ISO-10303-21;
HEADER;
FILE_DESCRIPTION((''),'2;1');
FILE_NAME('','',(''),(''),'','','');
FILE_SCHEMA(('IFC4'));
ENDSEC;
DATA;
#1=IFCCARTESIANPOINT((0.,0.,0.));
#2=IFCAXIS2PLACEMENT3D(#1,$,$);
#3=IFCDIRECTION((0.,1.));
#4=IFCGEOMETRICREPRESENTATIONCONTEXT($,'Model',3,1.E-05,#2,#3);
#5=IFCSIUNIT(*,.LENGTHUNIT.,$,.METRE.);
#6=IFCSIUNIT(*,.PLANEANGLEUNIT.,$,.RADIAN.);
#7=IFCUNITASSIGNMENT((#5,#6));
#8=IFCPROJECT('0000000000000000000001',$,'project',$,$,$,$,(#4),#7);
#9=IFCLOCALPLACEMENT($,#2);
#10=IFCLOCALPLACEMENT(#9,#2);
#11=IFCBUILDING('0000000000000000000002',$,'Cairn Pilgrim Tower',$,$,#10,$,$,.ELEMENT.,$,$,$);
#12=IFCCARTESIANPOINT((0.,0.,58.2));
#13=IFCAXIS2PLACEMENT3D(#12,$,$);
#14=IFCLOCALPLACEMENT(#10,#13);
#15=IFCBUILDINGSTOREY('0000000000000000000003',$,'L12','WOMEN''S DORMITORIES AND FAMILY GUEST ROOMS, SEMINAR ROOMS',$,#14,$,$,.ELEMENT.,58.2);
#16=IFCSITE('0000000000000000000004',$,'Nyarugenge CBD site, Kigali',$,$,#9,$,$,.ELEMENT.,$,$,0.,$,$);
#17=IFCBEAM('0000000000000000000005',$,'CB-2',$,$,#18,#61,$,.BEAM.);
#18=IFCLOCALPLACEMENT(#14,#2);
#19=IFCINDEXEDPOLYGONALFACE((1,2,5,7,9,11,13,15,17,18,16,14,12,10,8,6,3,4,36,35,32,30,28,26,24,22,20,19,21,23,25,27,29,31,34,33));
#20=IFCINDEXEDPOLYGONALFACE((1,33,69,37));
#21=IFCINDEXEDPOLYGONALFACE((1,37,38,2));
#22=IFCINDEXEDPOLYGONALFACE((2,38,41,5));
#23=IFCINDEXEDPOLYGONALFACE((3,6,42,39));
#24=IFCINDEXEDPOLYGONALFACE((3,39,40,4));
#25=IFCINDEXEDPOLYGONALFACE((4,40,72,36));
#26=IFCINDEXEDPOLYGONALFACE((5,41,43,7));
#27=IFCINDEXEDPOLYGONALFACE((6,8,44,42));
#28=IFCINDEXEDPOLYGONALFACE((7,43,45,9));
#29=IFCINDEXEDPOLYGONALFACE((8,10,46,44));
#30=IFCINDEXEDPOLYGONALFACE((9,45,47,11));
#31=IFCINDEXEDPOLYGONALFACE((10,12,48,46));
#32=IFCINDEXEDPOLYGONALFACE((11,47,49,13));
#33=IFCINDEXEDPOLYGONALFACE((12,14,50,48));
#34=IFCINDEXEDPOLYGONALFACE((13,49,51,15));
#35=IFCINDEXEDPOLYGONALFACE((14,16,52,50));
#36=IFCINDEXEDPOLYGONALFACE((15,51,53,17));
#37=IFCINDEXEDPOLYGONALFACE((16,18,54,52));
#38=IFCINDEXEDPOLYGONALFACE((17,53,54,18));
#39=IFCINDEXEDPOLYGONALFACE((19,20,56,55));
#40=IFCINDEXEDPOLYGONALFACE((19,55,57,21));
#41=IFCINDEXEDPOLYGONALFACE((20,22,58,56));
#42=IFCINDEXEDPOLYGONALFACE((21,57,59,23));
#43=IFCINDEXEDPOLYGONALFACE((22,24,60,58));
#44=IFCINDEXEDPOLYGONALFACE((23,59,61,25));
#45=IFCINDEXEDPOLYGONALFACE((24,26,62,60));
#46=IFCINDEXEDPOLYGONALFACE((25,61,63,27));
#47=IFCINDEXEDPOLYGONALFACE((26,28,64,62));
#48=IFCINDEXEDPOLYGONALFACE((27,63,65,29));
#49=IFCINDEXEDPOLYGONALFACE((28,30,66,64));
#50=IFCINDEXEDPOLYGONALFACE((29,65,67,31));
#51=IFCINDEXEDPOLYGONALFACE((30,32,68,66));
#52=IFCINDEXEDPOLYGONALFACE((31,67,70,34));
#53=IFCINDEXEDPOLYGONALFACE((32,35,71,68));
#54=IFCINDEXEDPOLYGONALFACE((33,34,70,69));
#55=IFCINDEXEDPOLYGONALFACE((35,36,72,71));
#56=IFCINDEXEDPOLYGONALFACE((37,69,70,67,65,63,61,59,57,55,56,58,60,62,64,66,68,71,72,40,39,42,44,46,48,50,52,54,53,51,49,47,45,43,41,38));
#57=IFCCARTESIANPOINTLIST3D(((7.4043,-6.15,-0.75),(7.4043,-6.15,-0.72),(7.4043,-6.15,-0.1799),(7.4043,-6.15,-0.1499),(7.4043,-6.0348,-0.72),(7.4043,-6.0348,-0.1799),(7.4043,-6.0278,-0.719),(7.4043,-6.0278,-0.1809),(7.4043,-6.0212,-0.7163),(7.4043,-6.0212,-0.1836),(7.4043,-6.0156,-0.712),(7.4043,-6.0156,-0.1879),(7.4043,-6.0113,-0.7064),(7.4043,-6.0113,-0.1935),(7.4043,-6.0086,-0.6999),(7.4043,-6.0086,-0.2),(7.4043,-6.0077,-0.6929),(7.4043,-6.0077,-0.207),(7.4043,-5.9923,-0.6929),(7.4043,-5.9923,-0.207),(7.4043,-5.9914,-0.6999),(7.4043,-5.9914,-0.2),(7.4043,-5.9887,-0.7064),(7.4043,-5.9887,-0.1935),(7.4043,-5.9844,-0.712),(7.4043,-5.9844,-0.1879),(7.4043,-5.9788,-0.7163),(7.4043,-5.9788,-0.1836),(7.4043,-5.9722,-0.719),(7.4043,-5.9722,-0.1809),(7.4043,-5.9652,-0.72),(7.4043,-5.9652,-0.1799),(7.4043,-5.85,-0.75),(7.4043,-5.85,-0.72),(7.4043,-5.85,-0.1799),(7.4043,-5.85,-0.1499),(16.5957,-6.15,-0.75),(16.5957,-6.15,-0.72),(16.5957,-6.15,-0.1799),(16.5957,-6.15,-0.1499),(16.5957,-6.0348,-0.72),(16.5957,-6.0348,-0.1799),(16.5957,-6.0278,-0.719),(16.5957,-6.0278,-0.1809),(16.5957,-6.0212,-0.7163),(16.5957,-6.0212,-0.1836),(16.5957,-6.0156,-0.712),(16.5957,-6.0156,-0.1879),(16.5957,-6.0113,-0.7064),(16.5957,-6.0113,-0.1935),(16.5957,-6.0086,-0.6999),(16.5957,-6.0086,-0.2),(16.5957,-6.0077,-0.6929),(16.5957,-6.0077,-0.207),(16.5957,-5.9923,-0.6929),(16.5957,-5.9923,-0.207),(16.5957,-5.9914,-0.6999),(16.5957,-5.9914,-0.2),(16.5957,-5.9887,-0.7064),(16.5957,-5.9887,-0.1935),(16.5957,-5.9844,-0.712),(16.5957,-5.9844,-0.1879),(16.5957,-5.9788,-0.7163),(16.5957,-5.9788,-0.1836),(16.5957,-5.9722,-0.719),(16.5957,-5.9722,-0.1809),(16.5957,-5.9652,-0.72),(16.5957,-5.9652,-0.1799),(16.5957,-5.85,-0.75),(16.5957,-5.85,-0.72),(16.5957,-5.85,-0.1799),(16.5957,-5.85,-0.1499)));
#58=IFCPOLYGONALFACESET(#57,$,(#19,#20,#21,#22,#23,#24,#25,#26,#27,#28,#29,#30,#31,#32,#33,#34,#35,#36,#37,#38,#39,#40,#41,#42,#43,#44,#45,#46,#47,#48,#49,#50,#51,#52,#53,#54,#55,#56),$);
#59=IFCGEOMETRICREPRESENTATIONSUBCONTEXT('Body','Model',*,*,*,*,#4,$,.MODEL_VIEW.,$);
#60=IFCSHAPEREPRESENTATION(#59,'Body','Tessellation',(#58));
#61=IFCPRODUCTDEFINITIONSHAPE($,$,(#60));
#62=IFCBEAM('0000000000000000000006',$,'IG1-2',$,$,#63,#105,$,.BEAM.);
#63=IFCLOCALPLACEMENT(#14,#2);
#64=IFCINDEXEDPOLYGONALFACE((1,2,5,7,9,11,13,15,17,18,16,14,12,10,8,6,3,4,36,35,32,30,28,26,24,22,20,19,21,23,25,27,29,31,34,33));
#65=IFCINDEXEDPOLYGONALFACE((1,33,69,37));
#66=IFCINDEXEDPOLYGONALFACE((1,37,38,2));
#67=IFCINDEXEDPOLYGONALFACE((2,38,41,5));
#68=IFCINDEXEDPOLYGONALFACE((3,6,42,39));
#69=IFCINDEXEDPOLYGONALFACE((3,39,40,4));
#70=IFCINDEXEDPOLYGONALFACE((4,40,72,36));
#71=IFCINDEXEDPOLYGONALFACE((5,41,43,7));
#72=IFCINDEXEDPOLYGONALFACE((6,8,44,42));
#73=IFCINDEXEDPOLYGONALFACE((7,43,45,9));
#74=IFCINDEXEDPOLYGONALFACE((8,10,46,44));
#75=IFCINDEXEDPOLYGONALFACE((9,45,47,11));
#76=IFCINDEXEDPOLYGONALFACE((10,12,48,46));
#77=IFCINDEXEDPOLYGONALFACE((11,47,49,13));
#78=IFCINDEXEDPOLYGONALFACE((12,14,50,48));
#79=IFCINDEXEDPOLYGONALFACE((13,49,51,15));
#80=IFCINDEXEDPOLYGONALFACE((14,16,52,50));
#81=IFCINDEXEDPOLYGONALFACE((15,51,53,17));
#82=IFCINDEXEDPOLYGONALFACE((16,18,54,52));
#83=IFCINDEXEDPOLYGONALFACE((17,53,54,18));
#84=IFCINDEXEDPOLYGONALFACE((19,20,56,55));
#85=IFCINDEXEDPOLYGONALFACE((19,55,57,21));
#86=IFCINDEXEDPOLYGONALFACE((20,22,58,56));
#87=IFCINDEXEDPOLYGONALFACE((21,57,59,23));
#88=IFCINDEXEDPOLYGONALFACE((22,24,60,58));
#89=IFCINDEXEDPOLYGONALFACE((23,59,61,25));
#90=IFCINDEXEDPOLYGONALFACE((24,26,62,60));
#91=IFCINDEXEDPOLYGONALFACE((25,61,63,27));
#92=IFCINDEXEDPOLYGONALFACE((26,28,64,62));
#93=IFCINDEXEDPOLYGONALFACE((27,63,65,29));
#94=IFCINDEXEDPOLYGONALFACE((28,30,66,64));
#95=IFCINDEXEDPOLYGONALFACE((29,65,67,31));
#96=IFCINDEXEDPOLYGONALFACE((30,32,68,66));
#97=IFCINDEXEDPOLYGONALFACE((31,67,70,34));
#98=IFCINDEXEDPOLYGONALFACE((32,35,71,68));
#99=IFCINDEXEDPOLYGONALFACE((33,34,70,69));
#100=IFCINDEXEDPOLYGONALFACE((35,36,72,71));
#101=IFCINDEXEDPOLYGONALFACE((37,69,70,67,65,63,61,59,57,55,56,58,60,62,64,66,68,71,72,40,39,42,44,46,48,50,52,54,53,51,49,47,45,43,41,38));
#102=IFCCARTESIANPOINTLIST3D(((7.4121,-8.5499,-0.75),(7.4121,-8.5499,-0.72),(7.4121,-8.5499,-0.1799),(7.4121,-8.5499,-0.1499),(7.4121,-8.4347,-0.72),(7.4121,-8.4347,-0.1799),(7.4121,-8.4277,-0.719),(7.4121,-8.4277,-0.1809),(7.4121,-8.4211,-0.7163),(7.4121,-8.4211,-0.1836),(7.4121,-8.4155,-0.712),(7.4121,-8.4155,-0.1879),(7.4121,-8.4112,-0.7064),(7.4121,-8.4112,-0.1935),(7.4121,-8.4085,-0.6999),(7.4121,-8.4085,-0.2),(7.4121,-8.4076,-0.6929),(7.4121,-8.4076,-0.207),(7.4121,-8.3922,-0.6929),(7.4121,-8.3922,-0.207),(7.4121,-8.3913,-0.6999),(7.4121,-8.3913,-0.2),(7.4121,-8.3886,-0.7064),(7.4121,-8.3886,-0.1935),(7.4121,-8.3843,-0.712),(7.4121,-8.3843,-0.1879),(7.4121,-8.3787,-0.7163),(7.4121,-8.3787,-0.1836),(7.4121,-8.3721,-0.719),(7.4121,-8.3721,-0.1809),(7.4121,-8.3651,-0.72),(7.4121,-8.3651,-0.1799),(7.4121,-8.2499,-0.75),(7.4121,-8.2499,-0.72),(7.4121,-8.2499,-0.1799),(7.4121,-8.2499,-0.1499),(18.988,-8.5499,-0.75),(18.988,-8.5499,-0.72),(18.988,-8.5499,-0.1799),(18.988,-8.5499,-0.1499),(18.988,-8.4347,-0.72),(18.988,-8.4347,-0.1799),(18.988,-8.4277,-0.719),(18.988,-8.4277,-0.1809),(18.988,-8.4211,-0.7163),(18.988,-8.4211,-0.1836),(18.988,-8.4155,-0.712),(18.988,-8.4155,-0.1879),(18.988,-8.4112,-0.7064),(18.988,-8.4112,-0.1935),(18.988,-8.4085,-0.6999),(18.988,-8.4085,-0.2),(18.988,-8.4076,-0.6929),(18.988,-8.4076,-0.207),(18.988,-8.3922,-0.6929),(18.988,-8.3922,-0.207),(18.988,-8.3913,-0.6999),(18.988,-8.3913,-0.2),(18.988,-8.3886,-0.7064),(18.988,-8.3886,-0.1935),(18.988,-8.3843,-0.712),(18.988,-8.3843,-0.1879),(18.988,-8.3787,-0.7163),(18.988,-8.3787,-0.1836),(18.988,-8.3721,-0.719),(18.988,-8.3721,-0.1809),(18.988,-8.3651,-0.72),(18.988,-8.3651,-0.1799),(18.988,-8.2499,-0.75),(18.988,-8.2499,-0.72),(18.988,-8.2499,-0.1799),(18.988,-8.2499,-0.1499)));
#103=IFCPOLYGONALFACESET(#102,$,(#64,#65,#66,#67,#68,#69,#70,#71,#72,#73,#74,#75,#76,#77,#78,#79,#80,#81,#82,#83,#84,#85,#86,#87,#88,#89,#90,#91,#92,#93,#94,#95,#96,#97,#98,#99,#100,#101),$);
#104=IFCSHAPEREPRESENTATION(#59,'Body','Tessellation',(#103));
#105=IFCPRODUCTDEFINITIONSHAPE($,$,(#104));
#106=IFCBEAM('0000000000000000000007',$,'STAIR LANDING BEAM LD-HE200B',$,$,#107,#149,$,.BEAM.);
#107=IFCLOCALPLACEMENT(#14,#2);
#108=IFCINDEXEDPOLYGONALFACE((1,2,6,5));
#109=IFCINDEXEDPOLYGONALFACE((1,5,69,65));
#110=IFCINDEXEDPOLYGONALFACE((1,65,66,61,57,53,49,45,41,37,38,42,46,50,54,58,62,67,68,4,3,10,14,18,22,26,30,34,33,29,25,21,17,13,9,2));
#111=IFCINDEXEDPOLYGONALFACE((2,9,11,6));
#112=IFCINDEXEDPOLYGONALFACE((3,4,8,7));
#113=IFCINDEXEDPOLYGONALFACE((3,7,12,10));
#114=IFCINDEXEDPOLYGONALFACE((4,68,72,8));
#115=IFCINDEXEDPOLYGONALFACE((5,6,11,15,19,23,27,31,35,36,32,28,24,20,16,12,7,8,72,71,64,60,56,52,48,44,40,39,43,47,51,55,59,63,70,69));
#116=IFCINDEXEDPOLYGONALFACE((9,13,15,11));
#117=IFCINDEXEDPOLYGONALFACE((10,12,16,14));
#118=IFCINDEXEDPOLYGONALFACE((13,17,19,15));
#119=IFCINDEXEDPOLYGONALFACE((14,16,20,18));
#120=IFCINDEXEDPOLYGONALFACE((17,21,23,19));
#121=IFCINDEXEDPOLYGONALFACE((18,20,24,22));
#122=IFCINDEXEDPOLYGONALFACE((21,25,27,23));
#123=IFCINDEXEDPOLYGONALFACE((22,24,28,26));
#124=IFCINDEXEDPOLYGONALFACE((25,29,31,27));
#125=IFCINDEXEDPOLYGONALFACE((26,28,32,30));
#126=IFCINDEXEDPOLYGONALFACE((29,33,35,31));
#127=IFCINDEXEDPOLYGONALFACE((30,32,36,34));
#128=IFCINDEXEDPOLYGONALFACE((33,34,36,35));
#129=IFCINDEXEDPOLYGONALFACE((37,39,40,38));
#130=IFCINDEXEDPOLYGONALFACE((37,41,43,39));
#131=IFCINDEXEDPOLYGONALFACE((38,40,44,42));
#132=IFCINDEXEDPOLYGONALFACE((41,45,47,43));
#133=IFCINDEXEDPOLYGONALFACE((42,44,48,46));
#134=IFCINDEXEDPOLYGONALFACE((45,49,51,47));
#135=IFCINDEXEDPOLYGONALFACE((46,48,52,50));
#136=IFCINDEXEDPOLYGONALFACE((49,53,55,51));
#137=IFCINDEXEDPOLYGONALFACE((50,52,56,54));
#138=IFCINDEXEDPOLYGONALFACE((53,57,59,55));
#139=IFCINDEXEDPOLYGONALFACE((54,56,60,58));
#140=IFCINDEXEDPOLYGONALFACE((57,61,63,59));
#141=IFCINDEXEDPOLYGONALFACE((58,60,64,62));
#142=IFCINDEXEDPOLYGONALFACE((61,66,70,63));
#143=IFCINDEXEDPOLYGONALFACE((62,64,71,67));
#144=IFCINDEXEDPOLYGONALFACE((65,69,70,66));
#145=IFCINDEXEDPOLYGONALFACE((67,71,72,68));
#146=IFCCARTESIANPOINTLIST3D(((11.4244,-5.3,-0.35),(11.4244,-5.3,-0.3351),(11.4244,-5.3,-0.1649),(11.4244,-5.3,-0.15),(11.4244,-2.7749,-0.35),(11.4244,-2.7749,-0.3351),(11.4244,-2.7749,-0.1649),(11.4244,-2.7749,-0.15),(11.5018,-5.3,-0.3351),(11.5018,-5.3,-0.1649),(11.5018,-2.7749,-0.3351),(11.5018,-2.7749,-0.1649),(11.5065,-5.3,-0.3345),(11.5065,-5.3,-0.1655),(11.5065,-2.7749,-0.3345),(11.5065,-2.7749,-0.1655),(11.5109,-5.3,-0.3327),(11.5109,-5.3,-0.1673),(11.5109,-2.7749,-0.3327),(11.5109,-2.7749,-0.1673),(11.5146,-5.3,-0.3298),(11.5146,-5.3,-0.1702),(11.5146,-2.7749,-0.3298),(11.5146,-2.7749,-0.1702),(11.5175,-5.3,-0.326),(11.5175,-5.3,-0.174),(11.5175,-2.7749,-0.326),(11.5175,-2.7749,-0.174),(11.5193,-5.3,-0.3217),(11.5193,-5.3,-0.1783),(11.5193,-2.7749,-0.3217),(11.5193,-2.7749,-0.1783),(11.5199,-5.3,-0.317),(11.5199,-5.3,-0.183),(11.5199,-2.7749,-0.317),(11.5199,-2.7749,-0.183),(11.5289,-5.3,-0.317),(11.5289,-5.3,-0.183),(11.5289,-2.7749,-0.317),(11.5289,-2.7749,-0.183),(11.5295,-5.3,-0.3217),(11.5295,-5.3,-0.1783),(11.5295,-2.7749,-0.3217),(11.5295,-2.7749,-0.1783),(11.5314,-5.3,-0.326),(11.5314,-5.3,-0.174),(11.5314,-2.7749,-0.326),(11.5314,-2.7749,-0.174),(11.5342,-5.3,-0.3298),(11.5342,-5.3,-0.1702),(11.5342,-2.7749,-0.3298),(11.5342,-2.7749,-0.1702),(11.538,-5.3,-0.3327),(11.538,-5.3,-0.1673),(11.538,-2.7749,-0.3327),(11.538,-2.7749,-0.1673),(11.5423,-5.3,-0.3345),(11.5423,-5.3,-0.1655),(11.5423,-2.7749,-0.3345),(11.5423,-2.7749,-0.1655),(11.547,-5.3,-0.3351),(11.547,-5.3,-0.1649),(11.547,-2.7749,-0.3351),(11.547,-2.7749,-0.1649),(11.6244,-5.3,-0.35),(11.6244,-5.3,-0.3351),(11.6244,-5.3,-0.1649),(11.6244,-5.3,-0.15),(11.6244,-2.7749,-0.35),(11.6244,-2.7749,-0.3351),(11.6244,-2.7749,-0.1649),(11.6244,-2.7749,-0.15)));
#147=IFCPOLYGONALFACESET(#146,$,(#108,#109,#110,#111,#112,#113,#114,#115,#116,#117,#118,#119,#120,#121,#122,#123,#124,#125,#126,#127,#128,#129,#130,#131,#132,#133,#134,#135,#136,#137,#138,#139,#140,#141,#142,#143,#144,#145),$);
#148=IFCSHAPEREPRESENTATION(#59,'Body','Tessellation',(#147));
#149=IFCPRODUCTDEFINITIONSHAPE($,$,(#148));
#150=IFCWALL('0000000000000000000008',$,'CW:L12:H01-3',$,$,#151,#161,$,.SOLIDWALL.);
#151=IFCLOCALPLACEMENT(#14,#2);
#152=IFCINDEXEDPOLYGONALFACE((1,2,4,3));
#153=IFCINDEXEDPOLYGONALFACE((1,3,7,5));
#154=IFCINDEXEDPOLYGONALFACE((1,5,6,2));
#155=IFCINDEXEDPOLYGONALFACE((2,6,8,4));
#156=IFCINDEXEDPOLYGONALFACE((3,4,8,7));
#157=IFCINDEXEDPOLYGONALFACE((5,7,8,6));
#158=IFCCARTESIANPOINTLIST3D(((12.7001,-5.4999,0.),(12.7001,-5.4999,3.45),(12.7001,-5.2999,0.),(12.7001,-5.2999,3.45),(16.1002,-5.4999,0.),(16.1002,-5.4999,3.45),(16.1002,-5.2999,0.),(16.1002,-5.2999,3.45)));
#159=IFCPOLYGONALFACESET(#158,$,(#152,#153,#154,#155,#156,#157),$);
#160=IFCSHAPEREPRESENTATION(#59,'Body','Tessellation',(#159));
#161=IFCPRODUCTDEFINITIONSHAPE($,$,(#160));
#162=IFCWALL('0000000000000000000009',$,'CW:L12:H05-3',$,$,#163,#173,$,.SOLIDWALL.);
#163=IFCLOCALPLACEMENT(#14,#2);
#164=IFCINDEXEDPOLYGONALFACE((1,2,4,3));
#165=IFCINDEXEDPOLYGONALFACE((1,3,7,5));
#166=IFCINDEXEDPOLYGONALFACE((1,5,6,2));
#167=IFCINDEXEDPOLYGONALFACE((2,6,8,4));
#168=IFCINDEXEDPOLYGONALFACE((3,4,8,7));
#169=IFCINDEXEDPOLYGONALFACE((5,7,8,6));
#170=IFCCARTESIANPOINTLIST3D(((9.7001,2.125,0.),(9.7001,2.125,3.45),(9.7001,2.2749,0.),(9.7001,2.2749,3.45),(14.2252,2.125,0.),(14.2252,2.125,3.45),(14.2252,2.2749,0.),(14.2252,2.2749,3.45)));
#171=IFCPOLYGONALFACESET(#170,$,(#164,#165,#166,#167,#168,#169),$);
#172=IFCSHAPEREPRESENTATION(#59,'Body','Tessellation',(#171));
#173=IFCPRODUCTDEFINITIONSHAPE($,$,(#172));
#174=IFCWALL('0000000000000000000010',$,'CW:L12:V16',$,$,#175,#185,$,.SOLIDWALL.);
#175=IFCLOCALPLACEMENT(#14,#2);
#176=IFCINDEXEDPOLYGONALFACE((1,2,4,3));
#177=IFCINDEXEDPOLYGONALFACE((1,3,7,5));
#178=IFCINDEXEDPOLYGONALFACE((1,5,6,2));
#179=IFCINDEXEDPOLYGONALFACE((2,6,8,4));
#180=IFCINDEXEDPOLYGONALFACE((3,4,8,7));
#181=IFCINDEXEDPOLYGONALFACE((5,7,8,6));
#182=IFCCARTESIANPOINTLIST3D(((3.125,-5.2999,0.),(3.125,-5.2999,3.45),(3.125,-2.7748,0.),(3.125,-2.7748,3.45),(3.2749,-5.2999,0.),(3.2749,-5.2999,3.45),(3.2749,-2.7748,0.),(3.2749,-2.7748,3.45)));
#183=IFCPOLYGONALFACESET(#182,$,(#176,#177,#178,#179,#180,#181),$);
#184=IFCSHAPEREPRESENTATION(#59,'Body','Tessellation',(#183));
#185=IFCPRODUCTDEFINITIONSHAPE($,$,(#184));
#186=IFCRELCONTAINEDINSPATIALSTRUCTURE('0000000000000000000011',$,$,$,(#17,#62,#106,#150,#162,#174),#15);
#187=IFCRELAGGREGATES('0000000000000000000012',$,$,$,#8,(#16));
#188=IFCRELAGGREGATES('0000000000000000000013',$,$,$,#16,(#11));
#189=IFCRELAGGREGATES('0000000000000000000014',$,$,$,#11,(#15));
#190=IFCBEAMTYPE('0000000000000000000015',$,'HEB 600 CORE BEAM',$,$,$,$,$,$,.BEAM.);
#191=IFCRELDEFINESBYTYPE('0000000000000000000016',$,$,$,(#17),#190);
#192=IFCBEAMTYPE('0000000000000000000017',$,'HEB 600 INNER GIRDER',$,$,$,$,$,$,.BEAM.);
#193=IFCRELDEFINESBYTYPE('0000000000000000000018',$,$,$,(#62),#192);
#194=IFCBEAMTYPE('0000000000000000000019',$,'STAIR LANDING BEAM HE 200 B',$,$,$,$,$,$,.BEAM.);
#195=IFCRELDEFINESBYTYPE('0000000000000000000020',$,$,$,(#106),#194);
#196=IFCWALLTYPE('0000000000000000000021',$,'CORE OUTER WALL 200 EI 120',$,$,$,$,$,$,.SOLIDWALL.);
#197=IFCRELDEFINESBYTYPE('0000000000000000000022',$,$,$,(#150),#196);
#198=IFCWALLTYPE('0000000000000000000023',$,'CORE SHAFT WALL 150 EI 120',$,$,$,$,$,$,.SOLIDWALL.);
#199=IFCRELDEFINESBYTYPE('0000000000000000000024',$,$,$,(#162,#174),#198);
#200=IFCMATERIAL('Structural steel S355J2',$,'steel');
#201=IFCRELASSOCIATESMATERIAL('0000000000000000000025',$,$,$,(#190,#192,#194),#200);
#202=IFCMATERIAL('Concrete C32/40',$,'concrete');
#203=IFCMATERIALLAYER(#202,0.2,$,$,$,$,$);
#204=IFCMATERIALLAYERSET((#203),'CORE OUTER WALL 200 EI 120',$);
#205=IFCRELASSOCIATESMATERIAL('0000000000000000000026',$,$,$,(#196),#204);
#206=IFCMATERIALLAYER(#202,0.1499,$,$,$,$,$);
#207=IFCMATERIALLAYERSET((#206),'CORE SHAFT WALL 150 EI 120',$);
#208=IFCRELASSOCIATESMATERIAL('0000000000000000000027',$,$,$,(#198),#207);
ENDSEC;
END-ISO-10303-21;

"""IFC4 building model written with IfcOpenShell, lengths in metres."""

from ifc_helpers import new_model, si_unit, direction, frame, frame_2d, origin, origin_2d, place, context, subcontext, project, spatial, rectangle, i_section, extrude, material, layer, layer_set, material_profile, profile_set, type_object, element, save


model = new_model("IFC4")

# Units and contexts
model_context = context("Model", 3, precision=1e-05, world=origin(), true_north=direction((0.0, 1.0)))
body_context = subcontext(model_context, "Body", "Model", "MODEL_VIEW")
ifc_project = project(units=[si_unit("LENGTHUNIT", "METRE"), si_unit("PLANEANGLEUNIT", "RADIAN")], contexts=[model_context])

# Site, building, storey
site_placement = place(None, origin())
site = spatial("IfcSite", under=ifc_project, at=site_placement, Name="Nyarugenge CBD site, Kigali", CompositionType="ELEMENT", RefElevation=0.0)
building_placement = place(site_placement, origin())
building = spatial("IfcBuilding", under=site, at=building_placement, Name="Cairn Pilgrim Tower", CompositionType="ELEMENT")
storey_placement = place(building_placement, frame((0.0, 0.0, 58.2)))
storey = spatial("IfcBuildingStorey", under=building, at=storey_placement, Name="L12", Description="WOMEN'S DORMITORIES AND FAMILY GUEST ROOMS, SEMINAR ROOMS", CompositionType="ELEMENT", Elevation=58.2)

# Beams
ifc_material_1 = material(Name="Structural steel S355J2", Category="steel")
ifc_material_profile_1 = material_profile(ifc_material_1, i_section(OverallWidth=0.3, OverallDepth=0.6001, WebThickness=0.0154, FlangeThickness=0.03, FilletRadius=0.0271, at=origin_2d()), Name="HEB 600")
ifc_profile_set_1 = profile_set([ifc_material_profile_1], Name="Structural steel S355J2")
beam_type_1 = type_object("IfcBeamType", Name="HEB 600 CORE BEAM", PredefinedType="BEAM", material=ifc_profile_set_1)
beam_1_placement = place(storey_placement, frame((7.4043, -6.0, -0.45), z_axis=(1.0, 0.0, 0.0), x_axis=(0.0, 1.0, 0.0)))
element("IfcBeam", 1, at=beam_1_placement, inside=storey, type_object=beam_type_1, Name="CB-2", PredefinedType="BEAM", context=body_context, shape_type="SweptSolid", body=[
    extrude(i_section(OverallWidth=0.3, OverallDepth=0.6001, WebThickness=0.0154, FlangeThickness=0.03, FilletRadius=0.0271, at=origin_2d()), origin(), (0.0, 0.0, 1.0), 9.1914),
])
ifc_material_profile_2 = material_profile(ifc_material_1, i_section(OverallWidth=0.3, OverallDepth=0.6001, WebThickness=0.0154, FlangeThickness=0.03, FilletRadius=0.0271, at=origin_2d()), Name="HEB 600")
ifc_profile_set_2 = profile_set([ifc_material_profile_2], Name="Structural steel S355J2")
beam_type_2 = type_object("IfcBeamType", Name="HEB 600 INNER GIRDER", PredefinedType="BEAM", material=ifc_profile_set_2)
beam_2_placement = place(storey_placement, frame((7.4121, -8.3999, -0.45), z_axis=(1.0, 0.0, 0.0), x_axis=(0.0, 1.0, 0.0)))
element("IfcBeam", 2, at=beam_2_placement, inside=storey, type_object=beam_type_2, Name="IG1-2", PredefinedType="BEAM", context=body_context, shape_type="SweptSolid", body=[
    extrude(i_section(OverallWidth=0.3, OverallDepth=0.6001, WebThickness=0.0154, FlangeThickness=0.03, FilletRadius=0.0271, at=origin_2d()), origin(), (0.0, 0.0, 1.0), 11.5759),
])
ifc_material_profile_3 = material_profile(ifc_material_1, i_section(OverallWidth=0.2, OverallDepth=0.2, WebThickness=0.009, FlangeThickness=0.0149, FilletRadius=0.0181, at=origin_2d()), Name="HE 200 B")
ifc_profile_set_3 = profile_set([ifc_material_profile_3], Name="Structural steel S355J2")
beam_type_3 = type_object("IfcBeamType", Name="STAIR LANDING BEAM HE 200 B", PredefinedType="BEAM", material=ifc_profile_set_3)
beam_3_placement = place(storey_placement, frame((11.5244, -2.7749, -0.25), z_axis=(0.0, -1.0, 0.0), x_axis=(1.0, 0.0, 0.0)))
element("IfcBeam", 3, at=beam_3_placement, inside=storey, type_object=beam_type_3, Name="STAIR LANDING BEAM LD-HE200B", PredefinedType="BEAM", context=body_context, shape_type="SweptSolid", body=[
    extrude(i_section(OverallWidth=0.2, OverallDepth=0.2, WebThickness=0.009, FlangeThickness=0.0149, FilletRadius=0.0181, at=origin_2d()), origin(), (0.0, 0.0, 1.0), 2.5251),
])

# Walls
ifc_material_2 = material(Name="Concrete C32/40", Category="concrete")
ifc_layer_1 = layer(ifc_material_2, 0.2)
ifc_layer_set_1 = layer_set([ifc_layer_1], Name="CORE OUTER WALL 200 EI 120")
wall_type_1 = type_object("IfcWallType", Name="CORE OUTER WALL 200 EI 120", PredefinedType="SOLIDWALL", material=ifc_layer_set_1)
wall_1_placement = place(storey_placement, frame((12.7, -5.3999, 0.0), z_axis=(0.0, 0.0, 1.0), x_axis=(1.0, 0.0, 0.0)))
element("IfcWall", 4, at=wall_1_placement, inside=storey, type_object=wall_type_1, Name="CW:L12:H01-3", PredefinedType="SOLIDWALL", context=body_context, shape_type="SweptSolid", body=[
    extrude(rectangle(XDim=3.4001, YDim=0.2, at=frame_2d((1.7002, 0.0))), origin(), (0.0, 0.0, 1.0), 3.45),
])
ifc_layer_2 = layer(ifc_material_2, 0.1499)
ifc_layer_set_2 = layer_set([ifc_layer_2], Name="CORE SHAFT WALL 150 EI 120")
wall_type_2 = type_object("IfcWallType", Name="CORE SHAFT WALL 150 EI 120", PredefinedType="SOLIDWALL", material=ifc_layer_set_2)
wall_2_placement = place(storey_placement, frame((9.7, 2.2, 0.0), z_axis=(0.0, 0.0, 1.0), x_axis=(1.0, 0.0, 0.0)))
element("IfcWall", 5, at=wall_2_placement, inside=storey, type_object=wall_type_2, Name="CW:L12:H05-3", PredefinedType="SOLIDWALL", context=body_context, shape_type="SweptSolid", body=[
    extrude(rectangle(XDim=4.5251, YDim=0.1499, at=frame_2d((2.2627, 0.0))), origin(), (0.0, 0.0, 1.0), 3.45),
])
wall_3_placement = place(storey_placement, frame((3.2, -5.3, 0.0), z_axis=(0.0, 0.0, 1.0), x_axis=(0.0, 1.0, 0.0)))
element("IfcWall", 6, at=wall_3_placement, inside=storey, type_object=wall_type_2, Name="CW:L12:V16", PredefinedType="SOLIDWALL", context=body_context, shape_type="SweptSolid", body=[
    extrude(rectangle(XDim=2.5251, YDim=0.1499, at=frame_2d((1.2627, 0.0))), origin(), (0.0, 0.0, 1.0), 3.45),
])

save(model, "model.ifc")
